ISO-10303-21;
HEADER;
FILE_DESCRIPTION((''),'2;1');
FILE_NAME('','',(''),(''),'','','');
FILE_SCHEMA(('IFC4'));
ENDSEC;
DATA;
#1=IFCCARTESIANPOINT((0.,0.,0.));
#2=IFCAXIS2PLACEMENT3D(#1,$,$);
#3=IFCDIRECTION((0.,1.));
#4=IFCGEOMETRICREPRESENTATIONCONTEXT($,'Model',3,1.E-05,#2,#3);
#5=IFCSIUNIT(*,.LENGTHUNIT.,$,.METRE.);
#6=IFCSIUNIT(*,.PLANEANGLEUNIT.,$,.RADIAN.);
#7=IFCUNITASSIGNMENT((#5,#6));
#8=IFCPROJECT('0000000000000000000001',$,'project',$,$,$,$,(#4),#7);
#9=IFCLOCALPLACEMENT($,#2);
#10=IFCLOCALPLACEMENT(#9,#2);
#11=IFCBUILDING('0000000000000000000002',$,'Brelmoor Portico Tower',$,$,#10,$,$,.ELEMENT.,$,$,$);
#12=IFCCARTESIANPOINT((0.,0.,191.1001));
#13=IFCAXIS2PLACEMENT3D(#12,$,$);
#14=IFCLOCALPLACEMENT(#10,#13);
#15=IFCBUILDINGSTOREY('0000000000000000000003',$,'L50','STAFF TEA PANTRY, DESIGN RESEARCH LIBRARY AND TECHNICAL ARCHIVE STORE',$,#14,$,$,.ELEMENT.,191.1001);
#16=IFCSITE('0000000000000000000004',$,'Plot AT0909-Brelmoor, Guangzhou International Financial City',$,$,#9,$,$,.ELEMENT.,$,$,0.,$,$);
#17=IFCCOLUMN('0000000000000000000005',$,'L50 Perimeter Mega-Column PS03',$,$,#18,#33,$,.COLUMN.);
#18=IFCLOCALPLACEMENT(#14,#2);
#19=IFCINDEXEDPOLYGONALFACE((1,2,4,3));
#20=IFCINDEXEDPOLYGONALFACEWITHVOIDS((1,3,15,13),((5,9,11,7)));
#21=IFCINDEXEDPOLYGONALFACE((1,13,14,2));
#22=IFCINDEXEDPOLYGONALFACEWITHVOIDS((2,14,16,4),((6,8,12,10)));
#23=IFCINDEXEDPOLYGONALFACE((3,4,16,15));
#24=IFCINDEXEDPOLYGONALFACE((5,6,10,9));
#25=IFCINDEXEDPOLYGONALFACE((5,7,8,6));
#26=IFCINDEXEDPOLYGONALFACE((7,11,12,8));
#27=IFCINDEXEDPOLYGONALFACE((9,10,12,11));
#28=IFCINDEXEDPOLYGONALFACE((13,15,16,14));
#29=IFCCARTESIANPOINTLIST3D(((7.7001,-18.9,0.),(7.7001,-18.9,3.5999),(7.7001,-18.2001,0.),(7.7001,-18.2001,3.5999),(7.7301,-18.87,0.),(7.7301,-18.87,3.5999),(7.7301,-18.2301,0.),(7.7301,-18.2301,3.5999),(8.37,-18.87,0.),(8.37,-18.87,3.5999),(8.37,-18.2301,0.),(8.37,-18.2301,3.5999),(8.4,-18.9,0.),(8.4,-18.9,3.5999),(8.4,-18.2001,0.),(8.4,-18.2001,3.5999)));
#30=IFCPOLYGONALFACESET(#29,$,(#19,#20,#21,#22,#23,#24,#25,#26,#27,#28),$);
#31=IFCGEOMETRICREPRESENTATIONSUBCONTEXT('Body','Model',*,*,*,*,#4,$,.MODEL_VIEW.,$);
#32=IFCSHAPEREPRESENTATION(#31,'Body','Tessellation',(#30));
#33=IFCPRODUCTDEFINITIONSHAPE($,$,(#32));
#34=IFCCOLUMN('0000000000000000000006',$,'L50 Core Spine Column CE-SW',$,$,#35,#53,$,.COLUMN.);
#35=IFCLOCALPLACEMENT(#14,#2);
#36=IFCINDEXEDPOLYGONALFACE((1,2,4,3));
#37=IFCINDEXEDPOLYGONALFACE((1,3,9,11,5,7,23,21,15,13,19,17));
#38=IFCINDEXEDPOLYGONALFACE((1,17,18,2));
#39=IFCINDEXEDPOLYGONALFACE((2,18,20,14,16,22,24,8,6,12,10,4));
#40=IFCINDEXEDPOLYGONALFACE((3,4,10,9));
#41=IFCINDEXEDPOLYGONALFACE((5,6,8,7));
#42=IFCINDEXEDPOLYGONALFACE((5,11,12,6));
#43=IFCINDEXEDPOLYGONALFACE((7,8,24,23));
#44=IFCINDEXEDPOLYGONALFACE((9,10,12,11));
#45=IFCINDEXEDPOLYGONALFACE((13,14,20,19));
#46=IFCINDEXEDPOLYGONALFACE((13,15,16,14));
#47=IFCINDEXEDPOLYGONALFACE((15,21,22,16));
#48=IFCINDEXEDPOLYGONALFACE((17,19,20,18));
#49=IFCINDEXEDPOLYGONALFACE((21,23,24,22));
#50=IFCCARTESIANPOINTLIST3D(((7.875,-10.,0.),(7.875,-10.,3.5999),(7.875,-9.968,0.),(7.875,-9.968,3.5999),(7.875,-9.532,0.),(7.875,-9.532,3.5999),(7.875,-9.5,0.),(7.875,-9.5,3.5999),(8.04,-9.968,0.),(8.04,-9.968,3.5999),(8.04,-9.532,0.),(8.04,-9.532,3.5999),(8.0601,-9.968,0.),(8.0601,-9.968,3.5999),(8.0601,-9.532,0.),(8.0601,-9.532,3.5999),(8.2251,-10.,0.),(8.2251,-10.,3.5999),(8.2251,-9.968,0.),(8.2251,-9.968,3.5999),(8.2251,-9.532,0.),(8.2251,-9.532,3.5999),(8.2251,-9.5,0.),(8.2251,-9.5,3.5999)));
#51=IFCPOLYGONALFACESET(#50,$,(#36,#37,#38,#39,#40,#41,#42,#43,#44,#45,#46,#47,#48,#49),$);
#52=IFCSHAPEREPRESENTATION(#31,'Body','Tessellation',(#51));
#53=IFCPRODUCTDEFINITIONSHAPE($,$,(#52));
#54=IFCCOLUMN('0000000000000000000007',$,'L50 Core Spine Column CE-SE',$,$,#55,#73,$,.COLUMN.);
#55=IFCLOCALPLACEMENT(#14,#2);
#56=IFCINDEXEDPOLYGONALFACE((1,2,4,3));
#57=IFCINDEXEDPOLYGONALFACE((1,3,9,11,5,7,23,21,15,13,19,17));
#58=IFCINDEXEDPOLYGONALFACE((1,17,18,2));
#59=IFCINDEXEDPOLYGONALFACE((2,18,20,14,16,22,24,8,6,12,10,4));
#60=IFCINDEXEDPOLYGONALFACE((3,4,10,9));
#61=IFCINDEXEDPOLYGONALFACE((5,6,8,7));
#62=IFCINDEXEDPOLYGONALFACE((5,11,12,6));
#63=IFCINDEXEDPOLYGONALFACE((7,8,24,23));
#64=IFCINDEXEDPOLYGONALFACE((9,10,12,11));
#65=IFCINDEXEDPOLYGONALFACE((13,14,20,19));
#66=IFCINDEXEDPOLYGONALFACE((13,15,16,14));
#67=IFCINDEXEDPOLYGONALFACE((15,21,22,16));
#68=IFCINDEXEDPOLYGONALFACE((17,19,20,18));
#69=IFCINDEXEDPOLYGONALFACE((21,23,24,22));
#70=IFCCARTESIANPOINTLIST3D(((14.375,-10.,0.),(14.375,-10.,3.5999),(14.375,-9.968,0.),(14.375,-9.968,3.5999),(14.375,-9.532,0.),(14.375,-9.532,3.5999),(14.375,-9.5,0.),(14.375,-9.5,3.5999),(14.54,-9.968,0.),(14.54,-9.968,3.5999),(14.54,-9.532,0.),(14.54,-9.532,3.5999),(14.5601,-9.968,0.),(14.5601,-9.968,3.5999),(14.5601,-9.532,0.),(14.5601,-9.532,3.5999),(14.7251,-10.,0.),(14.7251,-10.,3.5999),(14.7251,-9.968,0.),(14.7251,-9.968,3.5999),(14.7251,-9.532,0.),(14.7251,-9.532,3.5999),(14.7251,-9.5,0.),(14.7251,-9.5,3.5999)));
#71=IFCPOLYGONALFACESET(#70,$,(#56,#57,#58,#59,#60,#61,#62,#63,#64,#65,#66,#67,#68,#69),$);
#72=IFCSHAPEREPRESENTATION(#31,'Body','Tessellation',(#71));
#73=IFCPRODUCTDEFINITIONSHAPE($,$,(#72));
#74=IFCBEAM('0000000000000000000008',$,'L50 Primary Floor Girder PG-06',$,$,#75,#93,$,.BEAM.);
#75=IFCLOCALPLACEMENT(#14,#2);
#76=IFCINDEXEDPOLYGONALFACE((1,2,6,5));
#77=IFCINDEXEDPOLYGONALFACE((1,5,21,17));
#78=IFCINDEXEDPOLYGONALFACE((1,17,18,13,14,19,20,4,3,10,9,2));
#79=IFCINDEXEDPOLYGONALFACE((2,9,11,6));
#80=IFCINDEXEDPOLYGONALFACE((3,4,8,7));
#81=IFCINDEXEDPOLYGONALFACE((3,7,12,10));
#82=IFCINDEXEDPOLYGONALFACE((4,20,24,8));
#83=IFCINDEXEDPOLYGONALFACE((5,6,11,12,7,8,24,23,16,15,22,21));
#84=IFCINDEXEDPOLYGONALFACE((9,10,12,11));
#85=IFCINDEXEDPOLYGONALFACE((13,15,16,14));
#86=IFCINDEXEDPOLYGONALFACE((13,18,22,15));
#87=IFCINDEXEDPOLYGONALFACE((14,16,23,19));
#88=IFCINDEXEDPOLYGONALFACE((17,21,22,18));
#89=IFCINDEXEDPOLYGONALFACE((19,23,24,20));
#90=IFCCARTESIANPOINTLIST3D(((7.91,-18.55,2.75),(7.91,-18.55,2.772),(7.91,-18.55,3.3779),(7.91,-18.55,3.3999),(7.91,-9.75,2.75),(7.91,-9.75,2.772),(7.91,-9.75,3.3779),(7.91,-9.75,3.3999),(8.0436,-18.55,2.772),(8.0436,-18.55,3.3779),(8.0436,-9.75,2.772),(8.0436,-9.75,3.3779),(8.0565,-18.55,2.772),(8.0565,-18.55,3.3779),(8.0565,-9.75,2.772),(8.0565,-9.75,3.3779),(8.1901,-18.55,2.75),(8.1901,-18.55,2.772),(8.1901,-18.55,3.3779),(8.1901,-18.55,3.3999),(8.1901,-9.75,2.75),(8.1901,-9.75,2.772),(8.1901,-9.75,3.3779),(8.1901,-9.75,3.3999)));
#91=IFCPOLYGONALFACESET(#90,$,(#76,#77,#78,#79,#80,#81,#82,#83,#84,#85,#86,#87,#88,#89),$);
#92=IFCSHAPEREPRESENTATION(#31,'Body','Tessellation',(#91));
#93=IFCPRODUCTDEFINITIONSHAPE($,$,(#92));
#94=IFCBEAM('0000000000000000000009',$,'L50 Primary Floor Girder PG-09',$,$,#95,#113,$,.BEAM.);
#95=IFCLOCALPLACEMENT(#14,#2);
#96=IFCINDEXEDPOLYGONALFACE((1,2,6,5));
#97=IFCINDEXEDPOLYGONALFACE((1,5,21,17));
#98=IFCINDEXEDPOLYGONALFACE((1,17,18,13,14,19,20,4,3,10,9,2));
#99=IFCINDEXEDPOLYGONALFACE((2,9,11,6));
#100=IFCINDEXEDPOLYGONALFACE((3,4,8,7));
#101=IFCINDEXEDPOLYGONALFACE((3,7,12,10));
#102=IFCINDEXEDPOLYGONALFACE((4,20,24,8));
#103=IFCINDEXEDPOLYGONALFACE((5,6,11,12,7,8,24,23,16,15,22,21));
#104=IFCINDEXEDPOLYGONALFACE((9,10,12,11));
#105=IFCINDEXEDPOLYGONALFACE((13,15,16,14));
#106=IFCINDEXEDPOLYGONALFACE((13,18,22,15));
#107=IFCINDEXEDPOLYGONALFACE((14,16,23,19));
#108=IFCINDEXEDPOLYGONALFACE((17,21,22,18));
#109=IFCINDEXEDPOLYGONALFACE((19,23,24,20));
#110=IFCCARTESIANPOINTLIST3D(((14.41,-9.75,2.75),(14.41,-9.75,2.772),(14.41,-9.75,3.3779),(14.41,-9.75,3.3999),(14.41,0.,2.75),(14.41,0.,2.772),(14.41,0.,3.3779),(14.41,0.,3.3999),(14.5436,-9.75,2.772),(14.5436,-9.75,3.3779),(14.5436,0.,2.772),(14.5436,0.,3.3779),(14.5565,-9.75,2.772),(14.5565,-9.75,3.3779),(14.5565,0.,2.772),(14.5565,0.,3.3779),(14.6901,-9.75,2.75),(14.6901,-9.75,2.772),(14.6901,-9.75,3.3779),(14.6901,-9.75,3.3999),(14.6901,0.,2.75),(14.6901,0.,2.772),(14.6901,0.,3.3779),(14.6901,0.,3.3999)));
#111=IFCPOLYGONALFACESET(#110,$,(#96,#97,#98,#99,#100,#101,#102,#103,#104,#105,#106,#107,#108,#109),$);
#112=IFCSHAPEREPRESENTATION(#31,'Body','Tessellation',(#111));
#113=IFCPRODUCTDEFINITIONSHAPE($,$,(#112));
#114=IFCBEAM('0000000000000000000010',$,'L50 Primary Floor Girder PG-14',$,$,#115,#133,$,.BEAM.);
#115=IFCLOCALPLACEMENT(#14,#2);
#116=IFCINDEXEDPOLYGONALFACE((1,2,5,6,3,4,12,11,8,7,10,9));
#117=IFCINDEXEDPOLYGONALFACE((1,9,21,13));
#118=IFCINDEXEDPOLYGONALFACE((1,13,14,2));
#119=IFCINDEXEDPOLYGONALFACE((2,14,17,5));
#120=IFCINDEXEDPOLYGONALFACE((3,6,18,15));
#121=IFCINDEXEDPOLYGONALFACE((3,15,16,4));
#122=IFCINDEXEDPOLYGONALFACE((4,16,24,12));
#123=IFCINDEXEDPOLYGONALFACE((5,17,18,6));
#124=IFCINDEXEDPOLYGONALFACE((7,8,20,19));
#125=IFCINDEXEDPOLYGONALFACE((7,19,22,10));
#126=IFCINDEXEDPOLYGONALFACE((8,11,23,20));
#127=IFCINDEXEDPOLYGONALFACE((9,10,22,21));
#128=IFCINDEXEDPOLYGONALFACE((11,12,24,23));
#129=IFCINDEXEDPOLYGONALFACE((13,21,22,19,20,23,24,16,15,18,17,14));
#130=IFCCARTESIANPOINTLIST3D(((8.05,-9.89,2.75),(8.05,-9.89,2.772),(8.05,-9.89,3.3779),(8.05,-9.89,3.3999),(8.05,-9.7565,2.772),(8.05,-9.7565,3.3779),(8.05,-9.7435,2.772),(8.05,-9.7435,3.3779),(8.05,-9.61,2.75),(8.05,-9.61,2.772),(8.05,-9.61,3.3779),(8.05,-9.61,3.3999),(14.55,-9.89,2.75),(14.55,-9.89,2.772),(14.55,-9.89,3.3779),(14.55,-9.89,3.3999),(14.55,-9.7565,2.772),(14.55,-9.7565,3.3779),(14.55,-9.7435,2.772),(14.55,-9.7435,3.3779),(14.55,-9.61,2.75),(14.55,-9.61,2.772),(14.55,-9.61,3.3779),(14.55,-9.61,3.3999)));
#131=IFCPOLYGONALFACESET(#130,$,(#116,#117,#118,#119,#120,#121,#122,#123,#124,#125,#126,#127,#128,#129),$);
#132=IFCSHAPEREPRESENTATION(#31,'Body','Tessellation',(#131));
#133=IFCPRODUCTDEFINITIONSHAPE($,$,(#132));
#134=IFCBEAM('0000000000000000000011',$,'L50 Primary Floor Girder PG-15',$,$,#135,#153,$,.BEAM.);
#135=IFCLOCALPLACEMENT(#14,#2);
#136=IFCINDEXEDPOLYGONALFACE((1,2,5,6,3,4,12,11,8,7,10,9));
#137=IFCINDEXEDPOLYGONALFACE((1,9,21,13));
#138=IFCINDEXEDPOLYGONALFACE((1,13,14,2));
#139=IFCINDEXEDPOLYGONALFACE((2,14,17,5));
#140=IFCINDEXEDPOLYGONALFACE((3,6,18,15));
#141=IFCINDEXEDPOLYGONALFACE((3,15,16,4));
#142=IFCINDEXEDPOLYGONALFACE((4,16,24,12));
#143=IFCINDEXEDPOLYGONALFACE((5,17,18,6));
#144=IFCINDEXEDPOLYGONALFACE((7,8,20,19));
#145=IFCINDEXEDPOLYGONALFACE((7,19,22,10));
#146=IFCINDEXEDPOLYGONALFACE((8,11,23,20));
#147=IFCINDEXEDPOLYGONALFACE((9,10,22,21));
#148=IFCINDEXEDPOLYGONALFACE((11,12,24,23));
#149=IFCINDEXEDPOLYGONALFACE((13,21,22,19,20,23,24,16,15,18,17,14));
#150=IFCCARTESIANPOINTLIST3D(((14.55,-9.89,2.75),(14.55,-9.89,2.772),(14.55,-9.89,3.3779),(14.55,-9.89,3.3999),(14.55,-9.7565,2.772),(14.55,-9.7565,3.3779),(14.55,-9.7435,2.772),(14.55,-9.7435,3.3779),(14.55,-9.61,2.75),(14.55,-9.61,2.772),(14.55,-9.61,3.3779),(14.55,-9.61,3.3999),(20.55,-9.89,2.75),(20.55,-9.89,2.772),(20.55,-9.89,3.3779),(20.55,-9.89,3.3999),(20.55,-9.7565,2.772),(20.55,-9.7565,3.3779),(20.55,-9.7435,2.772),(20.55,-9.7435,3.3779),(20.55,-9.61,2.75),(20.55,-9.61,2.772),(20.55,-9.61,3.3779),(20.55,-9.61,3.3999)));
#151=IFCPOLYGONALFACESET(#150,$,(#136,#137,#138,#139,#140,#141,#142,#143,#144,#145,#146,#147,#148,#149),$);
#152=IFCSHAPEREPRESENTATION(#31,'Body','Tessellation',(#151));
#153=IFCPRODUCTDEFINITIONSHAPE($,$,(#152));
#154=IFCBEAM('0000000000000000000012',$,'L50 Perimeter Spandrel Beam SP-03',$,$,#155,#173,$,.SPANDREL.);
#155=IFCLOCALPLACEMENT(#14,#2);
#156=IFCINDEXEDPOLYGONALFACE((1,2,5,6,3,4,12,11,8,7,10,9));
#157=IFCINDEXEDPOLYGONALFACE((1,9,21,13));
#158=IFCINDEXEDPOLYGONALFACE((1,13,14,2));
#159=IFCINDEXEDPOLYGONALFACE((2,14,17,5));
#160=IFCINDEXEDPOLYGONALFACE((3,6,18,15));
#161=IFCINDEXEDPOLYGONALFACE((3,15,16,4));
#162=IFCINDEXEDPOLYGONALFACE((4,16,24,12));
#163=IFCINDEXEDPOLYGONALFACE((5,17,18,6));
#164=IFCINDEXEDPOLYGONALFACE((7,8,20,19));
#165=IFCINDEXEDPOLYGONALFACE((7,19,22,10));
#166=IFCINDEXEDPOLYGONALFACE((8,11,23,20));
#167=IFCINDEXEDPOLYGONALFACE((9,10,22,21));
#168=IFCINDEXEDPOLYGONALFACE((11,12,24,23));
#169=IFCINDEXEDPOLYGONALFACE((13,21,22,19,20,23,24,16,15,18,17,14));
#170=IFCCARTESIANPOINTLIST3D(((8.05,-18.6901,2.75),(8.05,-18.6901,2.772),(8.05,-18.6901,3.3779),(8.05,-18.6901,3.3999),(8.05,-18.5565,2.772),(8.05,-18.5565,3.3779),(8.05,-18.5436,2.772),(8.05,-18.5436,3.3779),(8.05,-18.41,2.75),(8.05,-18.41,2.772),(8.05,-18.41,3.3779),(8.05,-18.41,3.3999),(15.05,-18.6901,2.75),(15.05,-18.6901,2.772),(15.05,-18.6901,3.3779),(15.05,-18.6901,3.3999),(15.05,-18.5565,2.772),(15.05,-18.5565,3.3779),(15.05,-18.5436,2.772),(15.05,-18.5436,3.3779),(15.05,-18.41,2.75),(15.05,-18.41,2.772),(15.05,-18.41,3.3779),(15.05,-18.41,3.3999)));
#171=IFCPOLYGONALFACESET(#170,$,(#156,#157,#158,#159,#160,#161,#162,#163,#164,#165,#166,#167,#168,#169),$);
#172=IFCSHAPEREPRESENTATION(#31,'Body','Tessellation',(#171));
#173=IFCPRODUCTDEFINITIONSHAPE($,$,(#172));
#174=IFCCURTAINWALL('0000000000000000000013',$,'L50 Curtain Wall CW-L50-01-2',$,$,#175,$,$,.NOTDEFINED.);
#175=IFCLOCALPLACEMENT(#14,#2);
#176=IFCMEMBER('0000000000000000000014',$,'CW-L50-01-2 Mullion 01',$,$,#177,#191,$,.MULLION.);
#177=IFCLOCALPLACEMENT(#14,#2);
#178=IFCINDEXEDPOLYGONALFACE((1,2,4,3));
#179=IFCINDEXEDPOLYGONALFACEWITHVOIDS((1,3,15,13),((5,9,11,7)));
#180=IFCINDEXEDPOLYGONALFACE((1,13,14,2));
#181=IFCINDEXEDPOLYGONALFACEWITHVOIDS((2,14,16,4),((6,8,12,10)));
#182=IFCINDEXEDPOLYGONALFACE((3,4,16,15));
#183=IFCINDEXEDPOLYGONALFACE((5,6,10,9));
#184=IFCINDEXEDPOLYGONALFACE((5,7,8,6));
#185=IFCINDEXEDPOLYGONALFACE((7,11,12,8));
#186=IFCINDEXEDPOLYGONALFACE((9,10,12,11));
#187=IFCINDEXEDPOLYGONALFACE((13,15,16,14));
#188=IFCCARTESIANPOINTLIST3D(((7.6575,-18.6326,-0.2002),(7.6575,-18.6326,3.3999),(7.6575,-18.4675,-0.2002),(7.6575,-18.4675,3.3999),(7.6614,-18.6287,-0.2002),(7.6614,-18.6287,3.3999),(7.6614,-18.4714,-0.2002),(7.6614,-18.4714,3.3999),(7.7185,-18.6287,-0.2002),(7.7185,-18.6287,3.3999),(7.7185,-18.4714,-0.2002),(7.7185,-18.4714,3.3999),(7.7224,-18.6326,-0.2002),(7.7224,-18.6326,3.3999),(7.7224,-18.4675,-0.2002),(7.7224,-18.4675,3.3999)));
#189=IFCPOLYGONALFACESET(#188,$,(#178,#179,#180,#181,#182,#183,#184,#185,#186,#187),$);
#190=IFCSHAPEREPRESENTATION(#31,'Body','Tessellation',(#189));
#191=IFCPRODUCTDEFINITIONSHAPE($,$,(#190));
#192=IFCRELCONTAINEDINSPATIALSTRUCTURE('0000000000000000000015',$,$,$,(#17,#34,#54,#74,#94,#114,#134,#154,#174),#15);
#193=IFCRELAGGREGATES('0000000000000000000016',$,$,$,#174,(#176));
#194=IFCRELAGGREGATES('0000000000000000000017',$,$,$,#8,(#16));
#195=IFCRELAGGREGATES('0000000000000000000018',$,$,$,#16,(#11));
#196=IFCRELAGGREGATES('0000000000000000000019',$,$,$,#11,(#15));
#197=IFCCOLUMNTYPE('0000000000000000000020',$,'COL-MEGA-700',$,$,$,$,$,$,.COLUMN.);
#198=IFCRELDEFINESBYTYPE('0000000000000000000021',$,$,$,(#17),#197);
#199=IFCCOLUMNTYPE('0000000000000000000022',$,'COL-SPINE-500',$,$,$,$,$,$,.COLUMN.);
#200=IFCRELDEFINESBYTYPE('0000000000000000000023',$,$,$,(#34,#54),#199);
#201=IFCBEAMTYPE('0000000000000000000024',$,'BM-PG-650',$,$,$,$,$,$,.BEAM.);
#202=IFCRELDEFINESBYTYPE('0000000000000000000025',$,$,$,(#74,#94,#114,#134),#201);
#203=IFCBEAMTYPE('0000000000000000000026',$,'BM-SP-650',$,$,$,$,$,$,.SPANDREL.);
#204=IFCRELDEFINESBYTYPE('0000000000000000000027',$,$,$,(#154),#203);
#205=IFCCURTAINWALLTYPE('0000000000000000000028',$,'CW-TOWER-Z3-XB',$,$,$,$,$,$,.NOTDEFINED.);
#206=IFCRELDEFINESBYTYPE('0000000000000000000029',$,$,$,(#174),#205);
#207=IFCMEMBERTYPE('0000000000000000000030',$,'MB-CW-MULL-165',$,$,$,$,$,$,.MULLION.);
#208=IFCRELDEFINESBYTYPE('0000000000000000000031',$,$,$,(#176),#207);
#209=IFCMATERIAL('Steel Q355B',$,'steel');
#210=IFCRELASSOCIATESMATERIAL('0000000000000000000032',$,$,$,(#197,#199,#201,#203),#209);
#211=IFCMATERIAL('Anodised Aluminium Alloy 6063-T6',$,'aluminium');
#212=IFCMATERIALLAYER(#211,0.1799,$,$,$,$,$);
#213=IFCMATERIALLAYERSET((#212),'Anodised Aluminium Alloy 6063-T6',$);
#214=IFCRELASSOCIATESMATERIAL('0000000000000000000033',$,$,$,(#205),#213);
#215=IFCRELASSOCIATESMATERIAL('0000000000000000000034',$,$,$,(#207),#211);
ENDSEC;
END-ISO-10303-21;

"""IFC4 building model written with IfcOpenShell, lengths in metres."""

from ifc_helpers import new_model, si_unit, direction, frame, origin, origin_2d, place, context, subcontext, project, spatial, hollow_rectangle, i_section, extrude, material, layer, layer_set, material_profile, profile_set, type_object, element, aggregate, save


model = new_model("IFC4")

# Units and contexts
model_context = context("Model", 3, precision=1e-05, world=origin(), true_north=direction((0.0, 1.0)))
body_context = subcontext(model_context, "Body", "Model", "MODEL_VIEW")
ifc_project = project(units=[si_unit("LENGTHUNIT", "METRE"), si_unit("PLANEANGLEUNIT", "RADIAN")], contexts=[model_context])

# Site, building, storey
site_placement = place(None, origin())
site = spatial("IfcSite", under=ifc_project, at=site_placement, Name="Plot AT0909-Brelmoor, Guangzhou International Financial City", CompositionType="ELEMENT", RefElevation=0.0)
building_placement = place(site_placement, origin())
building = spatial("IfcBuilding", under=site, at=building_placement, Name="Brelmoor Portico Tower", CompositionType="ELEMENT")
storey_placement = place(building_placement, frame((0.0, 0.0, 191.1001)))
storey = spatial("IfcBuildingStorey", under=building, at=storey_placement, Name="L50", Description="STAFF TEA PANTRY, DESIGN RESEARCH LIBRARY AND TECHNICAL ARCHIVE STORE", CompositionType="ELEMENT", Elevation=191.1001)

# Columns
ifc_material_1 = material(Name="Steel Q355B", Category="steel")
ifc_material_profile_1 = material_profile(ifc_material_1, hollow_rectangle(XDim=0.7, YDim=0.7, WallThickness=0.03, at=origin_2d()), Name="BOX 700x700x30")
ifc_profile_set_1 = profile_set([ifc_material_profile_1], Name="Steel Q355B")
column_type_1 = type_object("IfcColumnType", Name="COL-MEGA-700", PredefinedType="COLUMN", material=ifc_profile_set_1)
column_placement = place(storey_placement, frame((8.05, -18.55, 0.0), z_axis=(0.0, 0.0, 1.0), x_axis=(1.0, 0.0, 0.0)))
element("IfcColumn", 1, at=column_placement, inside=storey, type_object=column_type_1, Name="L50 Perimeter Mega-Column PS03", PredefinedType="COLUMN", context=body_context, shape_type="SweptSolid", body=[
    extrude(hollow_rectangle(XDim=0.7, YDim=0.7, WallThickness=0.03, at=origin_2d()), origin(), (0.0, 0.0, 1.0), 3.5999),
])
ifc_material_profile_2 = material_profile(ifc_material_1, i_section(OverallWidth=0.3501, OverallDepth=0.5, WebThickness=0.02, FlangeThickness=0.032, at=origin_2d()), Name="HW 500x350x20x32")
ifc_profile_set_2 = profile_set([ifc_material_profile_2], Name="Steel Q355B")
column_type_2 = type_object("IfcColumnType", Name="COL-SPINE-500", PredefinedType="COLUMN", material=ifc_profile_set_2)
for number, where, z_axis, x_axis, name in (
    (2, (8.05, -9.75, 0.0), (0.0, 0.0, 1.0), (1.0, 0.0, 0.0), "L50 Core Spine Column CE-SW"),
    (3, (14.55, -9.75, 0.0), (0.0, 0.0, 1.0), (1.0, 0.0, 0.0), "L50 Core Spine Column CE-SE"),
):
    element("IfcColumn", number, at=place(storey_placement, frame(where, z_axis=z_axis, x_axis=x_axis)), inside=storey, type_object=column_type_2, Name=name, PredefinedType="COLUMN", context=body_context, shape_type="SweptSolid", body=[
        extrude(i_section(OverallWidth=0.3501, OverallDepth=0.5, WebThickness=0.02, FlangeThickness=0.032, at=origin_2d()), origin(), (0.0, 0.0, 1.0), 3.5999),
    ])

# Beams
ifc_material_profile_3 = material_profile(ifc_material_1, i_section(OverallWidth=0.28, OverallDepth=0.6499, WebThickness=0.0129, FlangeThickness=0.022, at=origin_2d()), Name="HN 650x280x13x22")
ifc_profile_set_3 = profile_set([ifc_material_profile_3], Name="Steel Q355B")
beam_type_1 = type_object("IfcBeamType", Name="BM-PG-650", PredefinedType="BEAM", material=ifc_profile_set_3)
beam_1_placement = place(storey_placement, frame((8.05, -18.55, 3.075), z_axis=(0.0, 1.0, 0.0), x_axis=(-1.0, 0.0, 0.0)))
element("IfcBeam", 4, at=beam_1_placement, inside=storey, type_object=beam_type_1, Name="L50 Primary Floor Girder PG-06", PredefinedType="BEAM", context=body_context, shape_type="SweptSolid", body=[
    extrude(i_section(OverallWidth=0.28, OverallDepth=0.6499, WebThickness=0.0129, FlangeThickness=0.022, at=origin_2d()), origin(), (0.0, 0.0, 1.0), 8.8),
])
beam_2_placement = place(storey_placement, frame((14.55, -9.75, 3.075), z_axis=(0.0, 1.0, 0.0), x_axis=(-1.0, 0.0, 0.0)))
element("IfcBeam", 5, at=beam_2_placement, inside=storey, type_object=beam_type_1, Name="L50 Primary Floor Girder PG-09", PredefinedType="BEAM", context=body_context, shape_type="SweptSolid", body=[
    extrude(i_section(OverallWidth=0.28, OverallDepth=0.6499, WebThickness=0.0129, FlangeThickness=0.022, at=origin_2d()), origin(), (0.0, 0.0, 1.0), 9.75),
])
beam_3_placement = place(storey_placement, frame((8.05, -9.75, 3.075), z_axis=(1.0, 0.0, 0.0), x_axis=(0.0, 1.0, 0.0)))
element("IfcBeam", 6, at=beam_3_placement, inside=storey, type_object=beam_type_1, Name="L50 Primary Floor Girder PG-14", PredefinedType="BEAM", context=body_context, shape_type="SweptSolid", body=[
    extrude(i_section(OverallWidth=0.28, OverallDepth=0.6499, WebThickness=0.0129, FlangeThickness=0.022, at=origin_2d()), origin(), (0.0, 0.0, 1.0), 6.5),
])
beam_4_placement = place(storey_placement, frame((14.55, -9.75, 3.075), z_axis=(1.0, 0.0, 0.0), x_axis=(0.0, 1.0, 0.0)))
element("IfcBeam", 7, at=beam_4_placement, inside=storey, type_object=beam_type_1, Name="L50 Primary Floor Girder PG-15", PredefinedType="BEAM", context=body_context, shape_type="SweptSolid", body=[
    extrude(i_section(OverallWidth=0.28, OverallDepth=0.6499, WebThickness=0.0129, FlangeThickness=0.022, at=origin_2d()), origin(), (0.0, 0.0, 1.0), 6.0),
])
ifc_material_profile_4 = material_profile(ifc_material_1, i_section(OverallWidth=0.28, OverallDepth=0.6499, WebThickness=0.0129, FlangeThickness=0.022, at=origin_2d()), Name="HN 650x280x13x22")
ifc_profile_set_4 = profile_set([ifc_material_profile_4], Name="Steel Q355B")
beam_type_2 = type_object("IfcBeamType", Name="BM-SP-650", PredefinedType="SPANDREL", material=ifc_profile_set_4)
beam_5_placement = place(storey_placement, frame((8.05, -18.55, 3.075), z_axis=(1.0, 0.0, 0.0), x_axis=(0.0, 1.0, 0.0)))
element("IfcBeam", 8, at=beam_5_placement, inside=storey, type_object=beam_type_2, Name="L50 Perimeter Spandrel Beam SP-03", PredefinedType="SPANDREL", context=body_context, shape_type="SweptSolid", body=[
    extrude(i_section(OverallWidth=0.28, OverallDepth=0.6499, WebThickness=0.0129, FlangeThickness=0.022, at=origin_2d()), origin(), (0.0, 0.0, 1.0), 7.0),
])

# Curtain wall, member
ifc_material_2 = material(Name="Anodised Aluminium Alloy 6063-T6", Category="aluminium")
ifc_layer_1 = layer(ifc_material_2, 0.1799)
ifc_layer_set_1 = layer_set([ifc_layer_1], Name="Anodised Aluminium Alloy 6063-T6")
curtain_wall_type = type_object("IfcCurtainWallType", Name="CW-TOWER-Z3-XB", PredefinedType="NOTDEFINED", material=ifc_layer_set_1)
curtain_wall_1_placement = place(storey_placement, origin())
curtain_wall_1 = element("IfcCurtainWall", 9, at=curtain_wall_1_placement, inside=storey, type_object=curtain_wall_type, Name="L50 Curtain Wall CW-L50-01-2", PredefinedType="NOTDEFINED")
ifc_material_profile_5 = material_profile(ifc_material_2, hollow_rectangle(XDim=0.0649, YDim=0.165, WallThickness=0.0039, at=origin_2d()), Name="ALU MULLION 65x165")
ifc_profile_set_5 = profile_set([ifc_material_profile_5], Name="Anodised Aluminium Alloy 6063-T6")
member_type_1 = type_object("IfcMemberType", Name="MB-CW-MULL-165", PredefinedType="MULLION", material=ifc_profile_set_5)
member_1_placement = place(storey_placement, frame((7.6899, -18.55, -0.2002), z_axis=(0.0, 0.0, 1.0), x_axis=(1.0, 0.0, 0.0)))
member_1 = element("IfcMember", 10, at=member_1_placement, type_object=member_type_1, Name="CW-L50-01-2 Mullion 01", PredefinedType="MULLION", context=body_context, shape_type="SweptSolid", body=[
    extrude(hollow_rectangle(XDim=0.0649, YDim=0.165, WallThickness=0.0039, at=origin_2d()), origin(), (0.0, 0.0, 1.0), 3.6001),
])
aggregate(curtain_wall_1, [member_1])

save(model, "model.ifc")
